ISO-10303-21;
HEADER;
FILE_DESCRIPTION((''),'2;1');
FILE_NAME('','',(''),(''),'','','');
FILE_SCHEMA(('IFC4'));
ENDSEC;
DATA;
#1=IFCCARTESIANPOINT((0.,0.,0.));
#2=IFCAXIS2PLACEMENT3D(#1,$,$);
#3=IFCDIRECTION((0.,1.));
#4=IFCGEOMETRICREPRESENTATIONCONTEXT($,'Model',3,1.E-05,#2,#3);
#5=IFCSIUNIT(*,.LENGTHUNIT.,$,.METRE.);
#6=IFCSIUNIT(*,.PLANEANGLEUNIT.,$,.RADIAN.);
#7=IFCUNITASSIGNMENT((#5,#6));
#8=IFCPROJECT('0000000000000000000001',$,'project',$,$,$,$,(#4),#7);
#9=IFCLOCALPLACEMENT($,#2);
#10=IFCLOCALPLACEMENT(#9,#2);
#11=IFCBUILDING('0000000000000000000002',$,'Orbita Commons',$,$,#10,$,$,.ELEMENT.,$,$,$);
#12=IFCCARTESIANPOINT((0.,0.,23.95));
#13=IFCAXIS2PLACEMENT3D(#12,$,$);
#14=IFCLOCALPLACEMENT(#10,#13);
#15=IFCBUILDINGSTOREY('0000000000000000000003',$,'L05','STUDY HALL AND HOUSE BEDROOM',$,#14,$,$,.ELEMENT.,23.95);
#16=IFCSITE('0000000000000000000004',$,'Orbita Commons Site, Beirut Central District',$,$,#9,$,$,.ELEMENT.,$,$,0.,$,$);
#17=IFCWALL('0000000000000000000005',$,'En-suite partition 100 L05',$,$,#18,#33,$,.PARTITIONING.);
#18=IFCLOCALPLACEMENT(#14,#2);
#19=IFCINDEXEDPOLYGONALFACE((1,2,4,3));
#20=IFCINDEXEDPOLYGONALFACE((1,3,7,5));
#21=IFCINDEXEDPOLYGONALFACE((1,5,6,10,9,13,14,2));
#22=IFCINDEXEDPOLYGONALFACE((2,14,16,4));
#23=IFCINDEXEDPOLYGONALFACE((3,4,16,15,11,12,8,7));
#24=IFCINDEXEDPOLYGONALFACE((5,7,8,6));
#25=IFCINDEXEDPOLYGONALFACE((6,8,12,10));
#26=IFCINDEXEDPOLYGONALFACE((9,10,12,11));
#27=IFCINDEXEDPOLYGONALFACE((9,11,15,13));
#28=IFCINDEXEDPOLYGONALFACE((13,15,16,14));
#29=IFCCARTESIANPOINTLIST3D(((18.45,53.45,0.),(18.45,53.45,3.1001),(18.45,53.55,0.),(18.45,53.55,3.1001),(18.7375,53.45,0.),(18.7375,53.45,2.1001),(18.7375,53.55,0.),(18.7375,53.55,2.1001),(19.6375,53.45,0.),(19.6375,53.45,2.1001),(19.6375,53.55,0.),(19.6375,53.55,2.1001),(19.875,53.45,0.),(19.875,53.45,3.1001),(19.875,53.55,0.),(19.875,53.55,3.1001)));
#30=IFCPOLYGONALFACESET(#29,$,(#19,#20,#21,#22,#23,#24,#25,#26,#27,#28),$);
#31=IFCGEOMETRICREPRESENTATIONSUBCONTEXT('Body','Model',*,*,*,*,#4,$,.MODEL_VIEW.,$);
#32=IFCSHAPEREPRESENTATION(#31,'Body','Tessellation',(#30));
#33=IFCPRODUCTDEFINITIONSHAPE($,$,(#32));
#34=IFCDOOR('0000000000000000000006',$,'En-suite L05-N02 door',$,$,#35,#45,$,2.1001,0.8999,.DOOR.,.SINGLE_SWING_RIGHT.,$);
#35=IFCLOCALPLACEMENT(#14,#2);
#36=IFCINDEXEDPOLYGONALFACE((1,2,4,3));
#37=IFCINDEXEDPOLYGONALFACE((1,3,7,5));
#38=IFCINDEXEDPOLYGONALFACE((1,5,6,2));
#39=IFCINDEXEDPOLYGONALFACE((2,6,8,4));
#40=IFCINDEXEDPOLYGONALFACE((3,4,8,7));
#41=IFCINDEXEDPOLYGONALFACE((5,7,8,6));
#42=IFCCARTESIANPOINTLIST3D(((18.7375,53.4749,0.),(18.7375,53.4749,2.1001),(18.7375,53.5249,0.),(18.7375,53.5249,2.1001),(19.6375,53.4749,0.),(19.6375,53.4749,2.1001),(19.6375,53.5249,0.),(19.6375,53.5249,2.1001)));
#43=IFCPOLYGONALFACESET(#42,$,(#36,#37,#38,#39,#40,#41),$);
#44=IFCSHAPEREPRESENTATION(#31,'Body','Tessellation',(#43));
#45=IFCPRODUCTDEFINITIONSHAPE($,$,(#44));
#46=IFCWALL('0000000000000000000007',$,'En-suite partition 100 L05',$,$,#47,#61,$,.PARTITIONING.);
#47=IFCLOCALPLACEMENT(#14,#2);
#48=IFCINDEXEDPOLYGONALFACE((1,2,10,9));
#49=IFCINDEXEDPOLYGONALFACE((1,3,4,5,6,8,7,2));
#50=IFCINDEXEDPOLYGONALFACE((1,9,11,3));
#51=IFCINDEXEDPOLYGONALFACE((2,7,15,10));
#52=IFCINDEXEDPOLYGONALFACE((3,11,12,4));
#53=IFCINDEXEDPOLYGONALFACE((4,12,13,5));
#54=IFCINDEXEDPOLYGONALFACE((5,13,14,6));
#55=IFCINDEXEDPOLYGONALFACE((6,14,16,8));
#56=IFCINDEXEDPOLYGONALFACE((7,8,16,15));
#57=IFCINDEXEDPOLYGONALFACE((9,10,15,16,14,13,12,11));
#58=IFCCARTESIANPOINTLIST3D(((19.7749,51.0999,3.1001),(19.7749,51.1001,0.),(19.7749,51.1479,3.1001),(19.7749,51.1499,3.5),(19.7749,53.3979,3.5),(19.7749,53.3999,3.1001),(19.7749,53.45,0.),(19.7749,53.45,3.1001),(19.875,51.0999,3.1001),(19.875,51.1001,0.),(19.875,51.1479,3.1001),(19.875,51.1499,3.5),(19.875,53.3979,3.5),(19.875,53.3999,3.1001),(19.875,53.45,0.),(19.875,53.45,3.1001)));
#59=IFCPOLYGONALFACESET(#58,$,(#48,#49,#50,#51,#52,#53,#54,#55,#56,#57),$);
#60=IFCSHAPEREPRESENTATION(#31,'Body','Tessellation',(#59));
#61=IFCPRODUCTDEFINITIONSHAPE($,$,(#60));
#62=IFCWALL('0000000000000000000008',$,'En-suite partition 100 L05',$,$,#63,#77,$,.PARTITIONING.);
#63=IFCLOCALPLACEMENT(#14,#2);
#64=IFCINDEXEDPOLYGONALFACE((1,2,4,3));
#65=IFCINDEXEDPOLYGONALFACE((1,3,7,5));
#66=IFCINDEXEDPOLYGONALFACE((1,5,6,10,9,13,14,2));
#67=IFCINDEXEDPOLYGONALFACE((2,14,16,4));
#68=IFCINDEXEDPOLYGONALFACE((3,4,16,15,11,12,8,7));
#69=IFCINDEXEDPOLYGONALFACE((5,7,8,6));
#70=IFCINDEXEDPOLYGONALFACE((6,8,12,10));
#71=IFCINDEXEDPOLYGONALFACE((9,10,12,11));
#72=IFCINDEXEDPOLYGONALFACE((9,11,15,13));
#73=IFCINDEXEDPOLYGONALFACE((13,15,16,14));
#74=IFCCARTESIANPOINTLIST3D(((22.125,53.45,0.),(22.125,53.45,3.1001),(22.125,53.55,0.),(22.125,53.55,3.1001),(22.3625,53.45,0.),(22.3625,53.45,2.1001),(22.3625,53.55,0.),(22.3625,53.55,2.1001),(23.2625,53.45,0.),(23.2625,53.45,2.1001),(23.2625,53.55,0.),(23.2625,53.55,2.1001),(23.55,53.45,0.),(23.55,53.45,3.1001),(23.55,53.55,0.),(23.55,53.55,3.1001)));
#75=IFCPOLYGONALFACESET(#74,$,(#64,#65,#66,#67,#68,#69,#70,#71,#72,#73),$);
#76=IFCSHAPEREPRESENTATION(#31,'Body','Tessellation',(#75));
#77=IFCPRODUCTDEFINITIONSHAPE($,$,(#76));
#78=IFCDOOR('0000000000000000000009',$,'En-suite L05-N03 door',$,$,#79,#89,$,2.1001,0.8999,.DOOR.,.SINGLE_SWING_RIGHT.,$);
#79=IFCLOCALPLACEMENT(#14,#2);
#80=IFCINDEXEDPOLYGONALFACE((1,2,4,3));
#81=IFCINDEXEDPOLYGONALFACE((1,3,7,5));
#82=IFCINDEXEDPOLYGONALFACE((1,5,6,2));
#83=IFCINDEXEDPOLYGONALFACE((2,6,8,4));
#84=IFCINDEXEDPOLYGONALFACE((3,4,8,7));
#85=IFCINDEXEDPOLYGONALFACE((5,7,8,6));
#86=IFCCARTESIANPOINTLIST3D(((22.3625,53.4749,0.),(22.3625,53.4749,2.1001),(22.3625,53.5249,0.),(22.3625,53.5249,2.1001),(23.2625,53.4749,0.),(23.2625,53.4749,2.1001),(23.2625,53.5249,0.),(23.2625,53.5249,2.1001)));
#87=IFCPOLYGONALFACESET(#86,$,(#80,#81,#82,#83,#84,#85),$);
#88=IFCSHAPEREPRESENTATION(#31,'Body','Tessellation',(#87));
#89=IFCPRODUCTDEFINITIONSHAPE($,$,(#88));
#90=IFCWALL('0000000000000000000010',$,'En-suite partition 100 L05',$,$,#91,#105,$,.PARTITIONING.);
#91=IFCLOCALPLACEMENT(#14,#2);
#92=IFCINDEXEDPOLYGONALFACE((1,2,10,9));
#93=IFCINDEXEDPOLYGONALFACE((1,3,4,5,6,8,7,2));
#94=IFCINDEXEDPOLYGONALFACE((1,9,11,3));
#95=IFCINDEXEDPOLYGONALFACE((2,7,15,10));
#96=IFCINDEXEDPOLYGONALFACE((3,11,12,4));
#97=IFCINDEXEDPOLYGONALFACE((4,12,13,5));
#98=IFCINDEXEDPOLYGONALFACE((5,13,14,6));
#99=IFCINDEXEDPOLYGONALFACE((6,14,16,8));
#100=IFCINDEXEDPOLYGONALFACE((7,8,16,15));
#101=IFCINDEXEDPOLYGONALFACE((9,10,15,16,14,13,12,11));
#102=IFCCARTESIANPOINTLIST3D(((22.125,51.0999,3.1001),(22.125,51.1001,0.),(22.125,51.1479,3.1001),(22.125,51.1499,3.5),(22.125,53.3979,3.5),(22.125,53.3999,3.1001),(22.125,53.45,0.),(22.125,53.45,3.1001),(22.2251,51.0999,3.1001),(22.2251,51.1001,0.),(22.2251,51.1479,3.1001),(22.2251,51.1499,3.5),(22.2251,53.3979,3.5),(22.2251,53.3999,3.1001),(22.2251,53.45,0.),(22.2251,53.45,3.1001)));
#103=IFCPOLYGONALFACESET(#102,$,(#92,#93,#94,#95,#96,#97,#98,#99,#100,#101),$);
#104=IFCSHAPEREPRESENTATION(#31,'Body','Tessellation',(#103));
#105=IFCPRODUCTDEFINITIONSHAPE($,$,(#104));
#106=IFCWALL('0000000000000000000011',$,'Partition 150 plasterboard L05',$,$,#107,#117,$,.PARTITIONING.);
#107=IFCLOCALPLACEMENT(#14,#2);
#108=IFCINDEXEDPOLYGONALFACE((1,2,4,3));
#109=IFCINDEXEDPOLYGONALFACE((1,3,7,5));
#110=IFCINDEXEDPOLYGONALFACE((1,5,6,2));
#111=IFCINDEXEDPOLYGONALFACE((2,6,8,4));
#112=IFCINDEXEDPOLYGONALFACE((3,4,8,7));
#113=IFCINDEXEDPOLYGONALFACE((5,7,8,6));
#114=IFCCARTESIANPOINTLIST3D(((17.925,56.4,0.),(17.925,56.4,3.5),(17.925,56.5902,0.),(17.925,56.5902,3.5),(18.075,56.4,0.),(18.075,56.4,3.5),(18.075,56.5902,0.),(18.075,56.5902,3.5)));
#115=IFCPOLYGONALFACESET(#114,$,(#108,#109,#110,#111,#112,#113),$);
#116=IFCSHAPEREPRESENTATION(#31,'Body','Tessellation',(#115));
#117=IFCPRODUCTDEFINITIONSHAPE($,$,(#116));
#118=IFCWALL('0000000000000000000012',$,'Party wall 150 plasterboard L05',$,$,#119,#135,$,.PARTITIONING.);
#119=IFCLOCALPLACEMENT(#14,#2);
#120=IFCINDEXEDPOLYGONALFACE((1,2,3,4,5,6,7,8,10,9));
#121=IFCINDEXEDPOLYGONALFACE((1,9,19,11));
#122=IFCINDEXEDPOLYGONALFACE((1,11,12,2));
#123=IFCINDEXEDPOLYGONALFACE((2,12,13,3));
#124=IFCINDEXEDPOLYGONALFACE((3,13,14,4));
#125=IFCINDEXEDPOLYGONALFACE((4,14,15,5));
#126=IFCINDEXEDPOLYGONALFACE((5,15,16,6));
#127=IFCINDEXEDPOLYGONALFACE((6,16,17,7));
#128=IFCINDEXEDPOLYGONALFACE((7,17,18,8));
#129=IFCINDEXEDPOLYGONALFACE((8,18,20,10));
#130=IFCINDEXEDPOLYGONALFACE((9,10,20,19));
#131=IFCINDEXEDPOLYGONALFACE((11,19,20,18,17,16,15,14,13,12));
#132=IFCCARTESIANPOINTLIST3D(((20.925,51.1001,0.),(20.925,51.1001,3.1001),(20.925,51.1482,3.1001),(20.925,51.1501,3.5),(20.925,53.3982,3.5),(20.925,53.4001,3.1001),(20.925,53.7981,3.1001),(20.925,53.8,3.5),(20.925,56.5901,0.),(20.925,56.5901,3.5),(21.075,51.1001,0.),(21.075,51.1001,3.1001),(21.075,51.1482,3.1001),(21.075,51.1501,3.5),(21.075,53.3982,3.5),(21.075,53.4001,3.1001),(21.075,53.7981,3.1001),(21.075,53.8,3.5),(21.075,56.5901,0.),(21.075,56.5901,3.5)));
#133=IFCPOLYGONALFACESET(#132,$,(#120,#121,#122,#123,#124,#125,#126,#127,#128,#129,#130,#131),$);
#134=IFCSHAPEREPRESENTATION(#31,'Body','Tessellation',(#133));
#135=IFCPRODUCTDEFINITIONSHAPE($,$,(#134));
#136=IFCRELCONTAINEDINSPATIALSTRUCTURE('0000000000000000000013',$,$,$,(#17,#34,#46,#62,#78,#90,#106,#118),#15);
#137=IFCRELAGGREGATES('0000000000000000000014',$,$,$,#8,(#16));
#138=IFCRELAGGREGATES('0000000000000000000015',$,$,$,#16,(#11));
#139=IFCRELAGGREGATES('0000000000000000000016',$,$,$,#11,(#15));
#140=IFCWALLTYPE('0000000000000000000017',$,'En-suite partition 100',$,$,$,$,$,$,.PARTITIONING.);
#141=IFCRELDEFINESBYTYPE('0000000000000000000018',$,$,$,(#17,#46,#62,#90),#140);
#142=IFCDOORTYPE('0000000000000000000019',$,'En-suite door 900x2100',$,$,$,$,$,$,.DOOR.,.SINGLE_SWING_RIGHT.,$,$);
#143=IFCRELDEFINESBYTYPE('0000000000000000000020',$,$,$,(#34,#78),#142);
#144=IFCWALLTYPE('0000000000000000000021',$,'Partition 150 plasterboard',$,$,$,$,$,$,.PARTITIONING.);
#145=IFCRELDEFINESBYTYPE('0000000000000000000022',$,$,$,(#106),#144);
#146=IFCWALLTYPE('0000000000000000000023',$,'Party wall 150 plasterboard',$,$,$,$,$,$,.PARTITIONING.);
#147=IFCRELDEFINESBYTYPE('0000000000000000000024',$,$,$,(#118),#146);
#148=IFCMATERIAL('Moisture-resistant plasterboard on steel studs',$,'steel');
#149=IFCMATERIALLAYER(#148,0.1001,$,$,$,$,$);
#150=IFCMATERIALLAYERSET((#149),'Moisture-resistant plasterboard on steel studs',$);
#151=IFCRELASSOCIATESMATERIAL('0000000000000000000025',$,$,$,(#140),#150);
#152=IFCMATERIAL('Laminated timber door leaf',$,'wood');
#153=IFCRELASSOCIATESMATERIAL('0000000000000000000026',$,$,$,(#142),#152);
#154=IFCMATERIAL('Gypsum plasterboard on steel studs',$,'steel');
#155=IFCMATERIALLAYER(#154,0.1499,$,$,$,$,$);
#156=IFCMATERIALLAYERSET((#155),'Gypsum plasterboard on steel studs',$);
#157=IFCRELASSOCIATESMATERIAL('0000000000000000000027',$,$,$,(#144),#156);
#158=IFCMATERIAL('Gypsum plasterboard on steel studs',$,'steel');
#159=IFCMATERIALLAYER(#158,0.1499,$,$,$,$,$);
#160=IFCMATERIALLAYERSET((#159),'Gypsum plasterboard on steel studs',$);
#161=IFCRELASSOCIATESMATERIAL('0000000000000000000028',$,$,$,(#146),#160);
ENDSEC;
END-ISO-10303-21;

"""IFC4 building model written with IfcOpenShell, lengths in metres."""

from ifc_helpers import new_model, si_unit, direction, frame, frame_2d, origin, place, context, subcontext, project, spatial, polyline, rectangle, outline, extrude, material, layer, layer_set, type_object, element, fill, save


model = new_model("IFC4")

# Units and contexts
model_context = context("Model", 3, precision=1e-05, world=origin(), true_north=direction((0.0, 1.0)))
body_context = subcontext(model_context, "Body", "Model", "MODEL_VIEW")
ifc_project = project(units=[si_unit("LENGTHUNIT", "METRE"), si_unit("PLANEANGLEUNIT", "RADIAN")], contexts=[model_context])

# Site, building, storey
site_placement = place(None, origin())
site = spatial("IfcSite", under=ifc_project, at=site_placement, Name="Orbita Commons Site, Beirut Central District", CompositionType="ELEMENT", RefElevation=0.0)
building_placement = place(site_placement, origin())
building = spatial("IfcBuilding", under=site, at=building_placement, Name="Orbita Commons", CompositionType="ELEMENT")
storey_placement = place(building_placement, frame((0.0, 0.0, 23.95)))
storey = spatial("IfcBuildingStorey", under=building, at=storey_placement, Name="L05", Description="STUDY HALL AND HOUSE BEDROOM", CompositionType="ELEMENT", Elevation=23.95)

# Wall, opening, door
ifc_material_1 = material(Name="Moisture-resistant plasterboard on steel studs", Category="steel")
ifc_layer_1 = layer(ifc_material_1, 0.1001)
ifc_layer_set_1 = layer_set([ifc_layer_1], Name="Moisture-resistant plasterboard on steel studs")
wall_type_1 = type_object("IfcWallType", Name="En-suite partition 100", PredefinedType="PARTITIONING", material=ifc_layer_set_1)
wall_1_placement = place(storey_placement, frame((18.45, 53.5, 0.0), z_axis=(0.0, 0.0, 1.0), x_axis=(1.0, 0.0, 0.0)))
wall_1 = element("IfcWall", 1, at=wall_1_placement, inside=storey, type_object=wall_type_1, Name="En-suite partition 100 L05", PredefinedType="PARTITIONING", context=body_context, shape_type="SweptSolid", body=[
    extrude(outline(polyline([(0.0, 0.0), (1.425, 0.0), (1.425, 3.1001), (0.0, 3.1001), (0.0, 0.0)])), frame((0.0, 0.05, 0.0), z_axis=(0.0, -1.0, 0.0), x_axis=(1.0, 0.0, 0.0)), (0.0, 0.0, 1.0), 0.1001),
])
opening_1_placement = place(wall_1_placement, frame((0.2876, 0.0, 0.0)))
opening_1 = element("IfcOpeningElement", 2, at=opening_1_placement, cuts=wall_1, PredefinedType="OPENING", context=body_context, shape_type="SweptSolid", body=[
    extrude(rectangle(XDim=0.8999, YDim=2.1001, at=frame_2d((0.45, 1.05))), frame((0.0, 0.0601, 0.0), z_axis=(0.0, -1.0, 0.0), x_axis=(1.0, 0.0, 0.0)), (0.0, 0.0, 1.0), 0.1201),
])
ifc_material_2 = material(Name="Laminated timber door leaf", Category="wood")
door_type = type_object("IfcDoorType", Name="En-suite door 900x2100", OperationType="SINGLE_SWING_RIGHT", PredefinedType="DOOR", material=ifc_material_2)
door_1_placement = place(opening_1_placement, origin())
door_1 = element("IfcDoor", 3, at=door_1_placement, inside=storey, type_object=door_type, Name="En-suite L05-N02 door", OperationType="SINGLE_SWING_RIGHT", OverallHeight=2.1001, OverallWidth=0.8999, PredefinedType="DOOR", context=body_context, shape_type="SweptSolid", body=[
    extrude(rectangle(XDim=0.8999, YDim=2.1001, at=frame_2d((0.45, 1.05))), frame((0.0, 0.0249, 0.0), z_axis=(0.0, -1.0, 0.0), x_axis=(1.0, 0.0, 0.0)), (0.0, 0.0, 1.0), 0.05),
])
fill(opening_1, door_1)

# Wall
wall_2_placement = place(storey_placement, frame((19.825, 53.45, 0.0), z_axis=(0.0, 0.0, 1.0), x_axis=(0.0, -1.0, 0.0)))
element("IfcWall", 4, at=wall_2_placement, inside=storey, type_object=wall_type_1, Name="En-suite partition 100 L05", PredefinedType="PARTITIONING", context=body_context, shape_type="SweptSolid", body=[
    extrude(outline(polyline([(0.0, 0.0), (2.3499, 0.0), (2.3501, 3.1001), (2.302, 3.1001), (2.3, 3.5), (0.052, 3.5), (0.05, 3.1001), (0.0, 3.1001), (0.0, 0.0)])), frame((0.0, 0.05, 0.0), z_axis=(0.0, -1.0, 0.0), x_axis=(1.0, 0.0, 0.0)), (0.0, 0.0, 1.0), 0.1001),
])

# Wall, opening, door
wall_3_placement = place(storey_placement, frame((22.125, 53.5, 0.0), z_axis=(0.0, 0.0, 1.0), x_axis=(1.0, 0.0, 0.0)))
wall_3 = element("IfcWall", 5, at=wall_3_placement, inside=storey, type_object=wall_type_1, Name="En-suite partition 100 L05", PredefinedType="PARTITIONING", context=body_context, shape_type="SweptSolid", body=[
    extrude(outline(polyline([(0.0, 0.0), (1.425, 0.0), (1.425, 3.1001), (0.0, 3.1001), (0.0, 0.0)])), frame((0.0, 0.05, 0.0), z_axis=(0.0, -1.0, 0.0), x_axis=(1.0, 0.0, 0.0)), (0.0, 0.0, 1.0), 0.1001),
])
opening_2_placement = place(wall_3_placement, frame((0.2375, 0.0, 0.0)))
opening_2 = element("IfcOpeningElement", 6, at=opening_2_placement, cuts=wall_3, PredefinedType="OPENING", context=body_context, shape_type="SweptSolid", body=[
    extrude(rectangle(XDim=0.8999, YDim=2.1001, at=frame_2d((0.45, 1.05))), frame((0.0, 0.0601, 0.0), z_axis=(0.0, -1.0, 0.0), x_axis=(1.0, 0.0, 0.0)), (0.0, 0.0, 1.0), 0.1201),
])
door_2_placement = place(opening_2_placement, origin())
door_2 = element("IfcDoor", 7, at=door_2_placement, inside=storey, type_object=door_type, Name="En-suite L05-N03 door", OperationType="SINGLE_SWING_RIGHT", OverallHeight=2.1001, OverallWidth=0.8999, PredefinedType="DOOR", context=body_context, shape_type="SweptSolid", body=[
    extrude(rectangle(XDim=0.8999, YDim=2.1001, at=frame_2d((0.45, 1.05))), frame((0.0, 0.0249, 0.0), z_axis=(0.0, -1.0, 0.0), x_axis=(1.0, 0.0, 0.0)), (0.0, 0.0, 1.0), 0.05),
])
fill(opening_2, door_2)

# Walls
wall_4_placement = place(storey_placement, frame((22.175, 53.45, 0.0), z_axis=(0.0, 0.0, 1.0), x_axis=(0.0, -1.0, 0.0)))
element("IfcWall", 8, at=wall_4_placement, inside=storey, type_object=wall_type_1, Name="En-suite partition 100 L05", PredefinedType="PARTITIONING", context=body_context, shape_type="SweptSolid", body=[
    extrude(outline(polyline([(0.0, 0.0), (2.3499, 0.0), (2.3501, 3.1001), (2.302, 3.1001), (2.3, 3.5), (0.052, 3.5), (0.05, 3.1001), (0.0, 3.1001), (0.0, 0.0)])), frame((0.0, 0.05, 0.0), z_axis=(0.0, -1.0, 0.0), x_axis=(1.0, 0.0, 0.0)), (0.0, 0.0, 1.0), 0.1001),
])
ifc_material_3 = material(Name="Gypsum plasterboard on steel studs", Category="steel")
ifc_layer_2 = layer(ifc_material_3, 0.1499)
ifc_layer_set_2 = layer_set([ifc_layer_2], Name="Gypsum plasterboard on steel studs")
wall_type_2 = type_object("IfcWallType", Name="Partition 150 plasterboard", PredefinedType="PARTITIONING", material=ifc_layer_set_2)
wall_5_placement = place(storey_placement, frame((18.0, 56.3999, 0.0), z_axis=(0.0, 0.0, 1.0), x_axis=(0.0, 1.0, 0.0)))
element("IfcWall", 9, at=wall_5_placement, inside=storey, type_object=wall_type_2, Name="Partition 150 plasterboard L05", PredefinedType="PARTITIONING", context=body_context, shape_type="SweptSolid", body=[
    extrude(rectangle(XDim=0.1902, YDim=0.1499, at=frame_2d((0.0952, 0.0))), origin(), (0.0, 0.0, 1.0), 3.5),
])
ifc_material_4 = material(Name="Gypsum plasterboard on steel studs", Category="steel")
ifc_layer_3 = layer(ifc_material_4, 0.1499)
ifc_layer_set_3 = layer_set([ifc_layer_3], Name="Gypsum plasterboard on steel studs")
wall_type_3 = type_object("IfcWallType", Name="Party wall 150 plasterboard", PredefinedType="PARTITIONING", material=ifc_layer_set_3)
wall_6_placement = place(storey_placement, frame((21.0, 56.5901, 0.0), z_axis=(0.0, 0.0, 1.0), x_axis=(0.0, -1.0, 0.0)))
element("IfcWall", 10, at=wall_6_placement, inside=storey, type_object=wall_type_3, Name="Party wall 150 plasterboard L05", PredefinedType="PARTITIONING", context=body_context, shape_type="SweptSolid", body=[
    extrude(outline(polyline([(0.0, 0.0), (5.49, 0.0), (5.49, 3.1001), (5.4419, 3.1001), (5.4399, 3.5), (3.1919, 3.5), (3.1899, 3.1001), (2.792, 3.1001), (2.79, 3.5), (0.0, 3.5), (0.0, 0.0)])), frame((0.0, 0.075, 0.0), z_axis=(0.0, -1.0, 0.0), x_axis=(1.0, 0.0, 0.0)), (0.0, 0.0, 1.0), 0.1499),
])

save(model, "model.ifc")
